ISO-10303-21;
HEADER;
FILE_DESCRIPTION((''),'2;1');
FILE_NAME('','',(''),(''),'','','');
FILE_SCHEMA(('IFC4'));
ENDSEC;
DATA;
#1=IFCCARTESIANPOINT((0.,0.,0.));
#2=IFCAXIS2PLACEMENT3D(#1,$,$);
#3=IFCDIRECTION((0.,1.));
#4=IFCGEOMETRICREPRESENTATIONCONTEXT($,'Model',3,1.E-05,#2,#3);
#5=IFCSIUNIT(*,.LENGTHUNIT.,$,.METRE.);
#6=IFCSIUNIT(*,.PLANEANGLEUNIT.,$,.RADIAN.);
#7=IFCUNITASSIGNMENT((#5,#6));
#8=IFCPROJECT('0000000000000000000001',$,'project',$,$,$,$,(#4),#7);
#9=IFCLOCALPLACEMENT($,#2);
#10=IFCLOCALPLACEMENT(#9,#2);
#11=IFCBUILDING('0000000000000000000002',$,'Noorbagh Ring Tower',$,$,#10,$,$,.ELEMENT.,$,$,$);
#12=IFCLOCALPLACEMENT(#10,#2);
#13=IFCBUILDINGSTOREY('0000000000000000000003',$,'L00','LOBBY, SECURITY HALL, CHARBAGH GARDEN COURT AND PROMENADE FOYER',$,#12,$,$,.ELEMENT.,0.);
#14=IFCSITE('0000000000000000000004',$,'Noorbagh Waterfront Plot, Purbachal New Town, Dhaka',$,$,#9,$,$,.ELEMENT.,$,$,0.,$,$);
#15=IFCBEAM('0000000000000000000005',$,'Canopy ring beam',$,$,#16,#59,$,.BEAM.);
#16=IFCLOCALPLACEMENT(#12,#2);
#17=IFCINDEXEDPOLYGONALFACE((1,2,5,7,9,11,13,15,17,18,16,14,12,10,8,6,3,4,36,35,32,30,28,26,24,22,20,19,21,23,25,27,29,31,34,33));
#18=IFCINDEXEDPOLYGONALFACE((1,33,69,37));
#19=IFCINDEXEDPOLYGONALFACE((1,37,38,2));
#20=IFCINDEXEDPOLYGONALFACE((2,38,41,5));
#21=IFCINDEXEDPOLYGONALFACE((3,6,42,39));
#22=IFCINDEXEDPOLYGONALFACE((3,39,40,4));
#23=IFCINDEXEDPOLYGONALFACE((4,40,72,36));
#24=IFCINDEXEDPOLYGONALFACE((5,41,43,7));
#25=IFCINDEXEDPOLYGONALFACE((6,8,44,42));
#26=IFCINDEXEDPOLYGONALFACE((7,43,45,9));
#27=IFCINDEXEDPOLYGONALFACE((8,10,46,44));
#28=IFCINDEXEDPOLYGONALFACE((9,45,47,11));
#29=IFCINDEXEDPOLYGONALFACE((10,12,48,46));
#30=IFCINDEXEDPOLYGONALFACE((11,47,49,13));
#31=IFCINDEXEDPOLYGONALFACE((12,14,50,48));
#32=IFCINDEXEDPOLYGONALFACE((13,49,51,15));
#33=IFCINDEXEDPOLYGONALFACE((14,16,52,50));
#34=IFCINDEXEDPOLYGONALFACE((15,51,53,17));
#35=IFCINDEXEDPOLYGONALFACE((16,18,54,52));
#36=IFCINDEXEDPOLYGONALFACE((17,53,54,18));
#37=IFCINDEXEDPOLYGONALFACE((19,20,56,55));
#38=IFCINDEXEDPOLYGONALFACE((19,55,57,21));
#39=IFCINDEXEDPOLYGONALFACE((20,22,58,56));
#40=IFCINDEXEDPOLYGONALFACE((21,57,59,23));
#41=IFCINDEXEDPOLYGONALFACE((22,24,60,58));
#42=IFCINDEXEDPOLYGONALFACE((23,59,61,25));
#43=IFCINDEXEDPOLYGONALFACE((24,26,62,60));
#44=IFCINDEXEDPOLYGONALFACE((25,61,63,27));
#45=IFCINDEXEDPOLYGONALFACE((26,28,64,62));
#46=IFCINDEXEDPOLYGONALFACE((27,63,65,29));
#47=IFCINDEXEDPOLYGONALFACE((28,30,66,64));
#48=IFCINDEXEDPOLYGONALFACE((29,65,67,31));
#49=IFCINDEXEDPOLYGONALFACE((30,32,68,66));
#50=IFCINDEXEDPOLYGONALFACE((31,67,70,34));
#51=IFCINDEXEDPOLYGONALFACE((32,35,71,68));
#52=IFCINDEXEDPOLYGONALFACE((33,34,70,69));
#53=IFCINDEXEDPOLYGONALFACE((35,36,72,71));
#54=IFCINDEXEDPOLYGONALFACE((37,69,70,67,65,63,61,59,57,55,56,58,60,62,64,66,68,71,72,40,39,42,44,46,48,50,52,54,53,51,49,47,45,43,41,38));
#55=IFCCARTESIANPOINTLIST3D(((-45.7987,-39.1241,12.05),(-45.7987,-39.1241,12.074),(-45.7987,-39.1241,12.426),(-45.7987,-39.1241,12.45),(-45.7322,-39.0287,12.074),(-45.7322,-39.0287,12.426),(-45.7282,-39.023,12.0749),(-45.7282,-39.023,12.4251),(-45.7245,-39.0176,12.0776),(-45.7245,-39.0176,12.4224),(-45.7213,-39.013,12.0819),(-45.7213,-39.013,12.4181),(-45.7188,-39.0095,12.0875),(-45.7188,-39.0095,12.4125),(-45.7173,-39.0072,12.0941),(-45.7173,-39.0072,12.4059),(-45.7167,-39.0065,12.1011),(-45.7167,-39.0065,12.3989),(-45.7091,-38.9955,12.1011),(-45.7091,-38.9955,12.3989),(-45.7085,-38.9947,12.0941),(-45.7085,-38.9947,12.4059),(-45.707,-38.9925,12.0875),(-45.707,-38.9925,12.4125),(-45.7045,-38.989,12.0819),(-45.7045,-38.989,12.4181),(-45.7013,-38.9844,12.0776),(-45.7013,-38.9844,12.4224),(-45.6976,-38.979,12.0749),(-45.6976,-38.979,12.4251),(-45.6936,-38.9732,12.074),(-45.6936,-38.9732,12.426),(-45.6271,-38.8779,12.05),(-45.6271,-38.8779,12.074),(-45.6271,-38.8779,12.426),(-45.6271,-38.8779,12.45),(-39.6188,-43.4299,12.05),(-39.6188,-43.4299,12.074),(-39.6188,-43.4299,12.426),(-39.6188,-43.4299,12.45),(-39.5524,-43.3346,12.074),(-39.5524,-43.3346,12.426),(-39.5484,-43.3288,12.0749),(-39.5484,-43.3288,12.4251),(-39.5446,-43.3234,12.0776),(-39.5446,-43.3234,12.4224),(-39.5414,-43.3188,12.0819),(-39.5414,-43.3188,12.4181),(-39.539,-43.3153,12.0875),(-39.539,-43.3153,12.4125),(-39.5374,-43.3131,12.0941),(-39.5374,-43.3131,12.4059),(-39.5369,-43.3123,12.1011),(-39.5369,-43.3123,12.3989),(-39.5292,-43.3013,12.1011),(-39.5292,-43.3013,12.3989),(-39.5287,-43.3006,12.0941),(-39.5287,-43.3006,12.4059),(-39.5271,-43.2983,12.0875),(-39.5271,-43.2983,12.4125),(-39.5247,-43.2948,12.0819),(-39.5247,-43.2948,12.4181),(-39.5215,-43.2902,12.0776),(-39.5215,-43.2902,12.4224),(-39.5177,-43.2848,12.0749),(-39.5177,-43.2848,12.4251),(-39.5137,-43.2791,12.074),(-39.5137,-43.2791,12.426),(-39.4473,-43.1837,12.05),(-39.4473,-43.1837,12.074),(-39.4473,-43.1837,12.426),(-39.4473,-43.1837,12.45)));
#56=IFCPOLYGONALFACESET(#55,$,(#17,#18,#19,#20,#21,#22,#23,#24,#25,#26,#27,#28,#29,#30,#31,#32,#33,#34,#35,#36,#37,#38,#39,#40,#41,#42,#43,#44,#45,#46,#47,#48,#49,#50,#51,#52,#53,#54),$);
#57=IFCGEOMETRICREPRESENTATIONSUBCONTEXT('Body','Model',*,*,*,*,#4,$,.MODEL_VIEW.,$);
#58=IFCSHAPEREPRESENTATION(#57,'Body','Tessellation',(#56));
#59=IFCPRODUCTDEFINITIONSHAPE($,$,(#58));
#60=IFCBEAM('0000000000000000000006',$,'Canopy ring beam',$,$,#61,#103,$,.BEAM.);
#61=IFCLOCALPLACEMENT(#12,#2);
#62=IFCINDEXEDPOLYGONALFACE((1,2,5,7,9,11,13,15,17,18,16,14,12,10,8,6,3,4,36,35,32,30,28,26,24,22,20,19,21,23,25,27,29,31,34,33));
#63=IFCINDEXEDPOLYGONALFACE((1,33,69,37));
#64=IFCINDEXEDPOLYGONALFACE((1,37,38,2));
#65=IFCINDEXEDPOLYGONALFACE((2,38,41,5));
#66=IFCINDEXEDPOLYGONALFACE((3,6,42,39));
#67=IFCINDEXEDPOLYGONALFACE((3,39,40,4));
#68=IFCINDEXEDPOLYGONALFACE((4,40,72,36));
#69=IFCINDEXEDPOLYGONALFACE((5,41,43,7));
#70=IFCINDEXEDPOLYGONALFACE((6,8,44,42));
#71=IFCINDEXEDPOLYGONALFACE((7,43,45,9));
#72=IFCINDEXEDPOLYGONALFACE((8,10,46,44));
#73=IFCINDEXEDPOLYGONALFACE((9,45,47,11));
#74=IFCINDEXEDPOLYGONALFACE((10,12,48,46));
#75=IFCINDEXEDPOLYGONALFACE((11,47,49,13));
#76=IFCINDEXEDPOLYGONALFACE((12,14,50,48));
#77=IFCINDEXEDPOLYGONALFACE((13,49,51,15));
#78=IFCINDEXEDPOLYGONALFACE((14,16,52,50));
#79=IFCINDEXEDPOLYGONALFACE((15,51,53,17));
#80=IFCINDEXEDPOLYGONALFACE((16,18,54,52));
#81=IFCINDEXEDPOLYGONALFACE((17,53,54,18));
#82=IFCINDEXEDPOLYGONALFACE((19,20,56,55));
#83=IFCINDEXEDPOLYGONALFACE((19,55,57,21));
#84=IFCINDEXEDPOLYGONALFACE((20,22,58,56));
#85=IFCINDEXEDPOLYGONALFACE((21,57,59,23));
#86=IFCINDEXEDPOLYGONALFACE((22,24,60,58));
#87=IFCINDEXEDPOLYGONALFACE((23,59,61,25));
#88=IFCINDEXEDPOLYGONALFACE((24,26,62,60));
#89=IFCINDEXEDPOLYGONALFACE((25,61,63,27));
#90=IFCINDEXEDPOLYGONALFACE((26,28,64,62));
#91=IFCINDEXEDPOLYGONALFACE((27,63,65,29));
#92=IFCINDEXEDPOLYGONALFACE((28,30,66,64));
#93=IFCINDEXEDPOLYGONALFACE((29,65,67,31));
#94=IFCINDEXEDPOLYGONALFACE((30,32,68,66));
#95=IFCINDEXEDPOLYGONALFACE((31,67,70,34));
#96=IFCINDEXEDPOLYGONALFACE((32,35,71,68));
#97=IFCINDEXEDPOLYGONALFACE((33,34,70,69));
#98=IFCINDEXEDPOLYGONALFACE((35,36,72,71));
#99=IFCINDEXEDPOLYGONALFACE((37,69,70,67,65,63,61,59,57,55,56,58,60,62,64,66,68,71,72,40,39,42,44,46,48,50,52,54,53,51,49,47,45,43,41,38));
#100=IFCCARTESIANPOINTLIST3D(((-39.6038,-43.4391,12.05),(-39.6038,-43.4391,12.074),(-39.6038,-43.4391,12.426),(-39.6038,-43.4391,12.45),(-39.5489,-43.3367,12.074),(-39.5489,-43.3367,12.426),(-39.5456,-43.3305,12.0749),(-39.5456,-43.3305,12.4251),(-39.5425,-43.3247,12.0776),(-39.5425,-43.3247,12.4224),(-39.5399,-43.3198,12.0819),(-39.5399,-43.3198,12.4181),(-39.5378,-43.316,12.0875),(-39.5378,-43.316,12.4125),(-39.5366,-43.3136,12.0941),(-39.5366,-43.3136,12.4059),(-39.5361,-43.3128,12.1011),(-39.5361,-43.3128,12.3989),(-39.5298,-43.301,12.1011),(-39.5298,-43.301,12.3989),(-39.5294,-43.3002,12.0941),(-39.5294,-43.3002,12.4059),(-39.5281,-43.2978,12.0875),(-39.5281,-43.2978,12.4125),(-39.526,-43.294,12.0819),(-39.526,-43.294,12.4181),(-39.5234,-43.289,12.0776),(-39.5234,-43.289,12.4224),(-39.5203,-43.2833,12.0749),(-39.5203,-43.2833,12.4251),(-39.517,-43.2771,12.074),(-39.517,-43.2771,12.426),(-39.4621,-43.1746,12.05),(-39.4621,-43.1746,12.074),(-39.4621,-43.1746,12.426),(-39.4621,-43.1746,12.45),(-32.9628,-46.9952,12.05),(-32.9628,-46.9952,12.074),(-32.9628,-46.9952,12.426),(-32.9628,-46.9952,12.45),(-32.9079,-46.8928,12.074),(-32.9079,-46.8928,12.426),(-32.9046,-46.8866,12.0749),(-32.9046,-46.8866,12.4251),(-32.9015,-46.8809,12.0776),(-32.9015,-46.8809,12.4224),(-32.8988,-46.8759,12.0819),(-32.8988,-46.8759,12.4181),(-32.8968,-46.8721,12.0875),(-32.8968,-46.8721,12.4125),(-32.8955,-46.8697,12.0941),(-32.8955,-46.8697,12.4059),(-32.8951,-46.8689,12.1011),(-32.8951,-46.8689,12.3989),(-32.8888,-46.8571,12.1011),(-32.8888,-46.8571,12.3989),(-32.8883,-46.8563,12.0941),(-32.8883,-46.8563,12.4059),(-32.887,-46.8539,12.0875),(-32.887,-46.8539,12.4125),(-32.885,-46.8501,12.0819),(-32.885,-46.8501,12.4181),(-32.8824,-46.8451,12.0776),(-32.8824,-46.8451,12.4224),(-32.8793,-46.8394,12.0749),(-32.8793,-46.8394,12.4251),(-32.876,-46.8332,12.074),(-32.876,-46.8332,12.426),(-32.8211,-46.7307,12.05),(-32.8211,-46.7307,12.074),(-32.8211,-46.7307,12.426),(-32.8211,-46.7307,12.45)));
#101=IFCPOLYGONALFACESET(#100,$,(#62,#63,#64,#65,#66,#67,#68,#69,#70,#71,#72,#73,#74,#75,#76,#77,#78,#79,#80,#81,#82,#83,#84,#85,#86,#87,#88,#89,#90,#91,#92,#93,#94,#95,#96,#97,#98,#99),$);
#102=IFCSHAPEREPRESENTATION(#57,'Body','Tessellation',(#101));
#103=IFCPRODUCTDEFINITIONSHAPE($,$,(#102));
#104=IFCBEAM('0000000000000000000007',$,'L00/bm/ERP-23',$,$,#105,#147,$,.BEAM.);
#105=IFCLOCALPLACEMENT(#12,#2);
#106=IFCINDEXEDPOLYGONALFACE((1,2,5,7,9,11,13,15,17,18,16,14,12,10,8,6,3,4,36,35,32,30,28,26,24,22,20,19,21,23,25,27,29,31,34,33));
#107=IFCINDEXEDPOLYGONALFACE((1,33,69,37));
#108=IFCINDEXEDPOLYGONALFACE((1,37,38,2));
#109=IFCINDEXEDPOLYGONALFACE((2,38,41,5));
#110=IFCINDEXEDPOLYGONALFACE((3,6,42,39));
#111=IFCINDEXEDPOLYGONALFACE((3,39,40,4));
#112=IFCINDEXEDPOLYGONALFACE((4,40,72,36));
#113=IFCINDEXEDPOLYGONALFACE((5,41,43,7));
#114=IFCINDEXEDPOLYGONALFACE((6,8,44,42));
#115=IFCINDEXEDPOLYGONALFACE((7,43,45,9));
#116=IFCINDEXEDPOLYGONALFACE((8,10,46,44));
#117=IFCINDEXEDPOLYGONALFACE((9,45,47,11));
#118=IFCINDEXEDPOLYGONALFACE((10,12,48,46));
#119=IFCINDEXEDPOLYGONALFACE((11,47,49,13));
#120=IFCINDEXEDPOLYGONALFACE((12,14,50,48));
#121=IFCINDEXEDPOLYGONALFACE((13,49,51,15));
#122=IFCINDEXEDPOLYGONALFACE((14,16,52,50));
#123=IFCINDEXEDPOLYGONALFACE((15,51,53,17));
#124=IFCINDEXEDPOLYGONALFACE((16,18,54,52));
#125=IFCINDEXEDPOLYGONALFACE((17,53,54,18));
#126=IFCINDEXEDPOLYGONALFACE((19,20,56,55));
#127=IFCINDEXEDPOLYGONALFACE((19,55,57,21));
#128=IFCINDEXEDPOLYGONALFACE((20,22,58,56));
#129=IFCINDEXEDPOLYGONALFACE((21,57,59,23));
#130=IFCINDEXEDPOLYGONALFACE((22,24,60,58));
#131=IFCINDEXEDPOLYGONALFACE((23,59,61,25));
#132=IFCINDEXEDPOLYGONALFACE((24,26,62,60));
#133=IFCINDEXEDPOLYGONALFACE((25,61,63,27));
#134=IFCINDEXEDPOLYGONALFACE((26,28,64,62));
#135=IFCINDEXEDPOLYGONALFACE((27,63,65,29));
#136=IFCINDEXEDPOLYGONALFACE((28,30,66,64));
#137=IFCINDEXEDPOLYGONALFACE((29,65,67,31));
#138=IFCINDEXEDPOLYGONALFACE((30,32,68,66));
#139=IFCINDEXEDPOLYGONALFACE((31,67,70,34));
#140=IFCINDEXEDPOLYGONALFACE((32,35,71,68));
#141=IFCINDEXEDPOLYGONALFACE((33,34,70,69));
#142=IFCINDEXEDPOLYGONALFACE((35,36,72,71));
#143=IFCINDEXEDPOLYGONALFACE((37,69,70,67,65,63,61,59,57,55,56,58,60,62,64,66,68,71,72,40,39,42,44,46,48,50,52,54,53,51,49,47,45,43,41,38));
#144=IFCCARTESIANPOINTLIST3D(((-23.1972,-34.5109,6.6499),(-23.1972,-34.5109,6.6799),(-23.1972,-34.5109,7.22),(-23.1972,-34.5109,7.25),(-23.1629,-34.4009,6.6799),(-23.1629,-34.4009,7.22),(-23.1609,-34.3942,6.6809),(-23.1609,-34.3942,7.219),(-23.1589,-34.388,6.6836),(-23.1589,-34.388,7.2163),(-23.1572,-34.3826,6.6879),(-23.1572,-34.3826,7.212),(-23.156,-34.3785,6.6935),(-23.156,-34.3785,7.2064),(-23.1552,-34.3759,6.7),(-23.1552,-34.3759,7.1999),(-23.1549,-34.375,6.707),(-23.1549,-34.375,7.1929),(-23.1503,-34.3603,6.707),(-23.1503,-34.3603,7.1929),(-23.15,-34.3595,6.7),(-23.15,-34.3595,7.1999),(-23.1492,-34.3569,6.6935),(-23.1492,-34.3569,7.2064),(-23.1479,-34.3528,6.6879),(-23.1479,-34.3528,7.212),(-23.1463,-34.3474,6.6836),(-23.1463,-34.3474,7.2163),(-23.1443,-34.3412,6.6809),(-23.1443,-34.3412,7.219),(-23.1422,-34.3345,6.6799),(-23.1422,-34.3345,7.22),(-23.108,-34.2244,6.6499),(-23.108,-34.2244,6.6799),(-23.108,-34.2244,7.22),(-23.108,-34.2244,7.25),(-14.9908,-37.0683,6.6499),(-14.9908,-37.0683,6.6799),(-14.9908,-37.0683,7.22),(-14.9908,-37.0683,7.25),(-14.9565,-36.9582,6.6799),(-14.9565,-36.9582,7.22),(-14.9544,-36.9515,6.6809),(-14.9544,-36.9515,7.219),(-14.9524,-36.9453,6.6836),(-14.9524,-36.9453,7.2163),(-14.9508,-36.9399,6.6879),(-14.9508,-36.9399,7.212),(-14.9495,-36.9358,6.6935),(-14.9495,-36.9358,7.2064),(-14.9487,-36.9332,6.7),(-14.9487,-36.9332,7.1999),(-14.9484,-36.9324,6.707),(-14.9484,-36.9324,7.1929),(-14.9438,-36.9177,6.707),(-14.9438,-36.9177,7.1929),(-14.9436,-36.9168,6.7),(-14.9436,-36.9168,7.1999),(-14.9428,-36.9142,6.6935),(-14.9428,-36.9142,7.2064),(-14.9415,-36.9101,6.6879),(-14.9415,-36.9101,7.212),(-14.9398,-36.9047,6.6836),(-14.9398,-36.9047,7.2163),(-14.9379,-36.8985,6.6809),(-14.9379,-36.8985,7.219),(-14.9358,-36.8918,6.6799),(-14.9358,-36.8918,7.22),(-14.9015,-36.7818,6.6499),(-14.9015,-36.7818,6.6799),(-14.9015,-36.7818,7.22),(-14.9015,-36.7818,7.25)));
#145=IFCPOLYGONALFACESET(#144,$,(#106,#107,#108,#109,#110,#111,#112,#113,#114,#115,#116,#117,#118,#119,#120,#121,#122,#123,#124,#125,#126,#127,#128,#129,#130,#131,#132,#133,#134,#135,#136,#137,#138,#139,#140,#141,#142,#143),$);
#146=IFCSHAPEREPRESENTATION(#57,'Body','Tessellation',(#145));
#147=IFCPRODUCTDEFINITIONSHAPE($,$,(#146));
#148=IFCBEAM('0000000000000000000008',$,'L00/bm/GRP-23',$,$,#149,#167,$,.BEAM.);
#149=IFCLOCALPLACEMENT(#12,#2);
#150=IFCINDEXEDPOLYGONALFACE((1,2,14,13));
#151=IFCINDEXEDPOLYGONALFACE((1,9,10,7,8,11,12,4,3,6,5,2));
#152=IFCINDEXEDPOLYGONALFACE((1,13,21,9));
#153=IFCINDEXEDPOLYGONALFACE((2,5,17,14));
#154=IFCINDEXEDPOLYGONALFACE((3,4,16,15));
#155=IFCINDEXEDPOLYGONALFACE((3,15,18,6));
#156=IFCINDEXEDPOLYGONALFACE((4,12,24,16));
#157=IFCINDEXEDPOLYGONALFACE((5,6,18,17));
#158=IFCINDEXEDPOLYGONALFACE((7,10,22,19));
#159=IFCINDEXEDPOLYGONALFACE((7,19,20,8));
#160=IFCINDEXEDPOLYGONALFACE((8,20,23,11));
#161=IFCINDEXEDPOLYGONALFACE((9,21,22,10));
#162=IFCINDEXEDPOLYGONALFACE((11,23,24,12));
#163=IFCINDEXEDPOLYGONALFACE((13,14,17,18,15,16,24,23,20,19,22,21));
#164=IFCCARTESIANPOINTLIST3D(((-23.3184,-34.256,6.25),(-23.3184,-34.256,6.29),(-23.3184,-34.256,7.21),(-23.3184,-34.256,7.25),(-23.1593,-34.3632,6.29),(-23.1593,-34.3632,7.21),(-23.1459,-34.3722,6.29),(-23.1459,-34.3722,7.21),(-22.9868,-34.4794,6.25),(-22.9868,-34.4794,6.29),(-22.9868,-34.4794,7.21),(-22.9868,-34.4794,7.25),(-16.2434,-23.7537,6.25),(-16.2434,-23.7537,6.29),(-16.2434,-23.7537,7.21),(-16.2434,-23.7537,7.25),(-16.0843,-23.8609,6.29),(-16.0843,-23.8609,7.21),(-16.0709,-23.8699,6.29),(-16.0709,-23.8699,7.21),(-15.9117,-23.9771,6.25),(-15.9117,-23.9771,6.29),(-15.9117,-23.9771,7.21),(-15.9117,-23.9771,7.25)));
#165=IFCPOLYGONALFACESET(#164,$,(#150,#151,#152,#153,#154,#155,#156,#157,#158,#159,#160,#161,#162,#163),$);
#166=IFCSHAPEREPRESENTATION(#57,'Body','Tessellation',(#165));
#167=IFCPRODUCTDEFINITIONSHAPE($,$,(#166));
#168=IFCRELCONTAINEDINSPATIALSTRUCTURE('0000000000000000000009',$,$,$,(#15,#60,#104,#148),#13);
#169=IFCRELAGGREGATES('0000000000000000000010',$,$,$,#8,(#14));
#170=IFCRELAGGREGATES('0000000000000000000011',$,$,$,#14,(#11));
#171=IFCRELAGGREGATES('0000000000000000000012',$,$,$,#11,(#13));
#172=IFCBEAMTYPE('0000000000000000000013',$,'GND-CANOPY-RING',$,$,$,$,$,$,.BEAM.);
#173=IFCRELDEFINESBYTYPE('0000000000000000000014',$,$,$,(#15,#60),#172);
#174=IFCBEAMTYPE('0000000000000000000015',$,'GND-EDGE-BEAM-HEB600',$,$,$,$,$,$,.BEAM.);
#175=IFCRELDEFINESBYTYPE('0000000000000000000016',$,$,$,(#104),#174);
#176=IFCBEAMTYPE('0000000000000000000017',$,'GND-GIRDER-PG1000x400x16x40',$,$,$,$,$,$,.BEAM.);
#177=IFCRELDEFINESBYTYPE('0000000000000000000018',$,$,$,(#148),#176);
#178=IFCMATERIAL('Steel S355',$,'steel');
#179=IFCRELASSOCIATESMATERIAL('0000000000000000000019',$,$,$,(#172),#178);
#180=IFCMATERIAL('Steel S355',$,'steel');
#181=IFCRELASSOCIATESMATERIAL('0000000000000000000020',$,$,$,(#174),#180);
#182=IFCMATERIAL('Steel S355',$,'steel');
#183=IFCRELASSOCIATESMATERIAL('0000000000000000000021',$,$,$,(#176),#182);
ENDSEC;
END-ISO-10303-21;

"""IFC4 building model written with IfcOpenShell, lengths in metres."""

from ifc_helpers import new_model, si_unit, direction, frame, origin, origin_2d, place, context, subcontext, project, spatial, i_section, extrude, material, material_profile, profile_set, type_object, element, save


model = new_model("IFC4")

# Units and contexts
model_context = context("Model", 3, precision=1e-05, world=origin(), true_north=direction((0.0, 1.0)))
body_context = subcontext(model_context, "Body", "Model", "MODEL_VIEW")
ifc_project = project(units=[si_unit("LENGTHUNIT", "METRE"), si_unit("PLANEANGLEUNIT", "RADIAN")], contexts=[model_context])

# Site, building, storey
site_placement = place(None, origin())
site = spatial("IfcSite", under=ifc_project, at=site_placement, Name="Noorbagh Waterfront Plot, Purbachal New Town, Dhaka", CompositionType="ELEMENT", RefElevation=0.0)
building_placement = place(site_placement, origin())
building = spatial("IfcBuilding", under=site, at=building_placement, Name="Noorbagh Ring Tower", CompositionType="ELEMENT")
storey_placement = place(building_placement, origin())
storey = spatial("IfcBuildingStorey", under=building, at=storey_placement, Name="L00", Description="LOBBY, SECURITY HALL, CHARBAGH GARDEN COURT AND PROMENADE FOYER", CompositionType="ELEMENT", Elevation=0.0)

# Beams
ifc_material_1 = material(Name="Steel S355", Category="steel")
ifc_material_profile_1 = material_profile(ifc_material_1, i_section(OverallWidth=0.3, OverallDepth=0.3999, WebThickness=0.0134, FlangeThickness=0.0239, FilletRadius=0.0271, at=origin_2d()), Name="HEB400")
ifc_profile_set_1 = profile_set([ifc_material_profile_1], Name="Steel S355")
beam_type_1 = type_object("IfcBeamType", Name="GND-CANOPY-RING", PredefinedType="BEAM", material=ifc_profile_set_1)
beam_1_placement = place(storey_placement, frame((-45.7129, -39.001, 12.25), z_axis=(0.82048, -0.571675, 0.0), x_axis=(0.571675, 0.82048, 0.0)))
element("IfcBeam", 1, at=beam_1_placement, inside=storey, type_object=beam_type_1, Name="Canopy ring beam", PredefinedType="BEAM", context=body_context, shape_type="SweptSolid", body=[
    extrude(i_section(OverallWidth=0.3, OverallDepth=0.3999, WebThickness=0.0134, FlangeThickness=0.0239, FilletRadius=0.0271, at=origin_2d()), origin(), (0.0, 0.0, 1.0), 7.532),
])
beam_2_placement = place(storey_placement, frame((-39.533, -43.3069, 12.25), z_axis=(0.881568, -0.472058, 0.0), x_axis=(0.472058, 0.881568, 0.0)))
element("IfcBeam", 2, at=beam_2_placement, inside=storey, type_object=beam_type_1, Name="Canopy ring beam", PredefinedType="BEAM", context=body_context, shape_type="SweptSolid", body=[
    extrude(i_section(OverallWidth=0.3, OverallDepth=0.3999, WebThickness=0.0134, FlangeThickness=0.0239, FilletRadius=0.0271, at=origin_2d()), origin(), (0.0, 0.0, 1.0), 7.5332),
])
ifc_material_2 = material(Name="Steel S355", Category="steel")
ifc_material_profile_2 = material_profile(ifc_material_2, i_section(OverallWidth=0.3, OverallDepth=0.6001, WebThickness=0.0154, FlangeThickness=0.03, FilletRadius=0.0271, at=origin_2d()), Name="HEB600")
ifc_profile_set_2 = profile_set([ifc_material_profile_2], Name="Steel S355")
beam_type_2 = type_object("IfcBeamType", Name="GND-EDGE-BEAM-HEB600", PredefinedType="BEAM", material=ifc_profile_set_2)
beam_3_placement = place(storey_placement, frame((-23.1526, -34.3677, 6.95), z_axis=(0.954717, -0.297515, 0.0), x_axis=(0.297515, 0.954717, 0.0)))
element("IfcBeam", 3, at=beam_3_placement, inside=storey, type_object=beam_type_2, Name="L00/bm/ERP-23", PredefinedType="BEAM", context=body_context, shape_type="SweptSolid", body=[
    extrude(i_section(OverallWidth=0.3, OverallDepth=0.6001, WebThickness=0.0154, FlangeThickness=0.03, FilletRadius=0.0271, at=origin_2d()), origin(), (0.0, 0.0, 1.0), 8.5957),
])
ifc_material_3 = material(Name="Steel S355", Category="steel")
ifc_material_profile_3 = material_profile(ifc_material_3, i_section(OverallWidth=0.3999, OverallDepth=1.0, WebThickness=0.0161, FlangeThickness=0.04, at=origin_2d()), Name="PG1000x400x16x40")
ifc_profile_set_3 = profile_set([ifc_material_profile_3], Name="Steel S355")
beam_type_3 = type_object("IfcBeamType", Name="GND-GIRDER-PG1000x400x16x40", PredefinedType="BEAM", material=ifc_profile_set_3)
beam_4_placement = place(storey_placement, frame((-23.1526, -34.3677, 6.75), z_axis=(0.558711, 0.829362, 0.0), x_axis=(-0.829362, 0.558711, 0.0)))
element("IfcBeam", 4, at=beam_4_placement, inside=storey, type_object=beam_type_3, Name="L00/bm/GRP-23", PredefinedType="BEAM", context=body_context, shape_type="SweptSolid", body=[
    extrude(i_section(OverallWidth=0.3999, OverallDepth=1.0, WebThickness=0.0161, FlangeThickness=0.04, at=origin_2d()), origin(), (0.0, 0.0, 1.0), 12.6631),
])

save(model, "model.ifc")
